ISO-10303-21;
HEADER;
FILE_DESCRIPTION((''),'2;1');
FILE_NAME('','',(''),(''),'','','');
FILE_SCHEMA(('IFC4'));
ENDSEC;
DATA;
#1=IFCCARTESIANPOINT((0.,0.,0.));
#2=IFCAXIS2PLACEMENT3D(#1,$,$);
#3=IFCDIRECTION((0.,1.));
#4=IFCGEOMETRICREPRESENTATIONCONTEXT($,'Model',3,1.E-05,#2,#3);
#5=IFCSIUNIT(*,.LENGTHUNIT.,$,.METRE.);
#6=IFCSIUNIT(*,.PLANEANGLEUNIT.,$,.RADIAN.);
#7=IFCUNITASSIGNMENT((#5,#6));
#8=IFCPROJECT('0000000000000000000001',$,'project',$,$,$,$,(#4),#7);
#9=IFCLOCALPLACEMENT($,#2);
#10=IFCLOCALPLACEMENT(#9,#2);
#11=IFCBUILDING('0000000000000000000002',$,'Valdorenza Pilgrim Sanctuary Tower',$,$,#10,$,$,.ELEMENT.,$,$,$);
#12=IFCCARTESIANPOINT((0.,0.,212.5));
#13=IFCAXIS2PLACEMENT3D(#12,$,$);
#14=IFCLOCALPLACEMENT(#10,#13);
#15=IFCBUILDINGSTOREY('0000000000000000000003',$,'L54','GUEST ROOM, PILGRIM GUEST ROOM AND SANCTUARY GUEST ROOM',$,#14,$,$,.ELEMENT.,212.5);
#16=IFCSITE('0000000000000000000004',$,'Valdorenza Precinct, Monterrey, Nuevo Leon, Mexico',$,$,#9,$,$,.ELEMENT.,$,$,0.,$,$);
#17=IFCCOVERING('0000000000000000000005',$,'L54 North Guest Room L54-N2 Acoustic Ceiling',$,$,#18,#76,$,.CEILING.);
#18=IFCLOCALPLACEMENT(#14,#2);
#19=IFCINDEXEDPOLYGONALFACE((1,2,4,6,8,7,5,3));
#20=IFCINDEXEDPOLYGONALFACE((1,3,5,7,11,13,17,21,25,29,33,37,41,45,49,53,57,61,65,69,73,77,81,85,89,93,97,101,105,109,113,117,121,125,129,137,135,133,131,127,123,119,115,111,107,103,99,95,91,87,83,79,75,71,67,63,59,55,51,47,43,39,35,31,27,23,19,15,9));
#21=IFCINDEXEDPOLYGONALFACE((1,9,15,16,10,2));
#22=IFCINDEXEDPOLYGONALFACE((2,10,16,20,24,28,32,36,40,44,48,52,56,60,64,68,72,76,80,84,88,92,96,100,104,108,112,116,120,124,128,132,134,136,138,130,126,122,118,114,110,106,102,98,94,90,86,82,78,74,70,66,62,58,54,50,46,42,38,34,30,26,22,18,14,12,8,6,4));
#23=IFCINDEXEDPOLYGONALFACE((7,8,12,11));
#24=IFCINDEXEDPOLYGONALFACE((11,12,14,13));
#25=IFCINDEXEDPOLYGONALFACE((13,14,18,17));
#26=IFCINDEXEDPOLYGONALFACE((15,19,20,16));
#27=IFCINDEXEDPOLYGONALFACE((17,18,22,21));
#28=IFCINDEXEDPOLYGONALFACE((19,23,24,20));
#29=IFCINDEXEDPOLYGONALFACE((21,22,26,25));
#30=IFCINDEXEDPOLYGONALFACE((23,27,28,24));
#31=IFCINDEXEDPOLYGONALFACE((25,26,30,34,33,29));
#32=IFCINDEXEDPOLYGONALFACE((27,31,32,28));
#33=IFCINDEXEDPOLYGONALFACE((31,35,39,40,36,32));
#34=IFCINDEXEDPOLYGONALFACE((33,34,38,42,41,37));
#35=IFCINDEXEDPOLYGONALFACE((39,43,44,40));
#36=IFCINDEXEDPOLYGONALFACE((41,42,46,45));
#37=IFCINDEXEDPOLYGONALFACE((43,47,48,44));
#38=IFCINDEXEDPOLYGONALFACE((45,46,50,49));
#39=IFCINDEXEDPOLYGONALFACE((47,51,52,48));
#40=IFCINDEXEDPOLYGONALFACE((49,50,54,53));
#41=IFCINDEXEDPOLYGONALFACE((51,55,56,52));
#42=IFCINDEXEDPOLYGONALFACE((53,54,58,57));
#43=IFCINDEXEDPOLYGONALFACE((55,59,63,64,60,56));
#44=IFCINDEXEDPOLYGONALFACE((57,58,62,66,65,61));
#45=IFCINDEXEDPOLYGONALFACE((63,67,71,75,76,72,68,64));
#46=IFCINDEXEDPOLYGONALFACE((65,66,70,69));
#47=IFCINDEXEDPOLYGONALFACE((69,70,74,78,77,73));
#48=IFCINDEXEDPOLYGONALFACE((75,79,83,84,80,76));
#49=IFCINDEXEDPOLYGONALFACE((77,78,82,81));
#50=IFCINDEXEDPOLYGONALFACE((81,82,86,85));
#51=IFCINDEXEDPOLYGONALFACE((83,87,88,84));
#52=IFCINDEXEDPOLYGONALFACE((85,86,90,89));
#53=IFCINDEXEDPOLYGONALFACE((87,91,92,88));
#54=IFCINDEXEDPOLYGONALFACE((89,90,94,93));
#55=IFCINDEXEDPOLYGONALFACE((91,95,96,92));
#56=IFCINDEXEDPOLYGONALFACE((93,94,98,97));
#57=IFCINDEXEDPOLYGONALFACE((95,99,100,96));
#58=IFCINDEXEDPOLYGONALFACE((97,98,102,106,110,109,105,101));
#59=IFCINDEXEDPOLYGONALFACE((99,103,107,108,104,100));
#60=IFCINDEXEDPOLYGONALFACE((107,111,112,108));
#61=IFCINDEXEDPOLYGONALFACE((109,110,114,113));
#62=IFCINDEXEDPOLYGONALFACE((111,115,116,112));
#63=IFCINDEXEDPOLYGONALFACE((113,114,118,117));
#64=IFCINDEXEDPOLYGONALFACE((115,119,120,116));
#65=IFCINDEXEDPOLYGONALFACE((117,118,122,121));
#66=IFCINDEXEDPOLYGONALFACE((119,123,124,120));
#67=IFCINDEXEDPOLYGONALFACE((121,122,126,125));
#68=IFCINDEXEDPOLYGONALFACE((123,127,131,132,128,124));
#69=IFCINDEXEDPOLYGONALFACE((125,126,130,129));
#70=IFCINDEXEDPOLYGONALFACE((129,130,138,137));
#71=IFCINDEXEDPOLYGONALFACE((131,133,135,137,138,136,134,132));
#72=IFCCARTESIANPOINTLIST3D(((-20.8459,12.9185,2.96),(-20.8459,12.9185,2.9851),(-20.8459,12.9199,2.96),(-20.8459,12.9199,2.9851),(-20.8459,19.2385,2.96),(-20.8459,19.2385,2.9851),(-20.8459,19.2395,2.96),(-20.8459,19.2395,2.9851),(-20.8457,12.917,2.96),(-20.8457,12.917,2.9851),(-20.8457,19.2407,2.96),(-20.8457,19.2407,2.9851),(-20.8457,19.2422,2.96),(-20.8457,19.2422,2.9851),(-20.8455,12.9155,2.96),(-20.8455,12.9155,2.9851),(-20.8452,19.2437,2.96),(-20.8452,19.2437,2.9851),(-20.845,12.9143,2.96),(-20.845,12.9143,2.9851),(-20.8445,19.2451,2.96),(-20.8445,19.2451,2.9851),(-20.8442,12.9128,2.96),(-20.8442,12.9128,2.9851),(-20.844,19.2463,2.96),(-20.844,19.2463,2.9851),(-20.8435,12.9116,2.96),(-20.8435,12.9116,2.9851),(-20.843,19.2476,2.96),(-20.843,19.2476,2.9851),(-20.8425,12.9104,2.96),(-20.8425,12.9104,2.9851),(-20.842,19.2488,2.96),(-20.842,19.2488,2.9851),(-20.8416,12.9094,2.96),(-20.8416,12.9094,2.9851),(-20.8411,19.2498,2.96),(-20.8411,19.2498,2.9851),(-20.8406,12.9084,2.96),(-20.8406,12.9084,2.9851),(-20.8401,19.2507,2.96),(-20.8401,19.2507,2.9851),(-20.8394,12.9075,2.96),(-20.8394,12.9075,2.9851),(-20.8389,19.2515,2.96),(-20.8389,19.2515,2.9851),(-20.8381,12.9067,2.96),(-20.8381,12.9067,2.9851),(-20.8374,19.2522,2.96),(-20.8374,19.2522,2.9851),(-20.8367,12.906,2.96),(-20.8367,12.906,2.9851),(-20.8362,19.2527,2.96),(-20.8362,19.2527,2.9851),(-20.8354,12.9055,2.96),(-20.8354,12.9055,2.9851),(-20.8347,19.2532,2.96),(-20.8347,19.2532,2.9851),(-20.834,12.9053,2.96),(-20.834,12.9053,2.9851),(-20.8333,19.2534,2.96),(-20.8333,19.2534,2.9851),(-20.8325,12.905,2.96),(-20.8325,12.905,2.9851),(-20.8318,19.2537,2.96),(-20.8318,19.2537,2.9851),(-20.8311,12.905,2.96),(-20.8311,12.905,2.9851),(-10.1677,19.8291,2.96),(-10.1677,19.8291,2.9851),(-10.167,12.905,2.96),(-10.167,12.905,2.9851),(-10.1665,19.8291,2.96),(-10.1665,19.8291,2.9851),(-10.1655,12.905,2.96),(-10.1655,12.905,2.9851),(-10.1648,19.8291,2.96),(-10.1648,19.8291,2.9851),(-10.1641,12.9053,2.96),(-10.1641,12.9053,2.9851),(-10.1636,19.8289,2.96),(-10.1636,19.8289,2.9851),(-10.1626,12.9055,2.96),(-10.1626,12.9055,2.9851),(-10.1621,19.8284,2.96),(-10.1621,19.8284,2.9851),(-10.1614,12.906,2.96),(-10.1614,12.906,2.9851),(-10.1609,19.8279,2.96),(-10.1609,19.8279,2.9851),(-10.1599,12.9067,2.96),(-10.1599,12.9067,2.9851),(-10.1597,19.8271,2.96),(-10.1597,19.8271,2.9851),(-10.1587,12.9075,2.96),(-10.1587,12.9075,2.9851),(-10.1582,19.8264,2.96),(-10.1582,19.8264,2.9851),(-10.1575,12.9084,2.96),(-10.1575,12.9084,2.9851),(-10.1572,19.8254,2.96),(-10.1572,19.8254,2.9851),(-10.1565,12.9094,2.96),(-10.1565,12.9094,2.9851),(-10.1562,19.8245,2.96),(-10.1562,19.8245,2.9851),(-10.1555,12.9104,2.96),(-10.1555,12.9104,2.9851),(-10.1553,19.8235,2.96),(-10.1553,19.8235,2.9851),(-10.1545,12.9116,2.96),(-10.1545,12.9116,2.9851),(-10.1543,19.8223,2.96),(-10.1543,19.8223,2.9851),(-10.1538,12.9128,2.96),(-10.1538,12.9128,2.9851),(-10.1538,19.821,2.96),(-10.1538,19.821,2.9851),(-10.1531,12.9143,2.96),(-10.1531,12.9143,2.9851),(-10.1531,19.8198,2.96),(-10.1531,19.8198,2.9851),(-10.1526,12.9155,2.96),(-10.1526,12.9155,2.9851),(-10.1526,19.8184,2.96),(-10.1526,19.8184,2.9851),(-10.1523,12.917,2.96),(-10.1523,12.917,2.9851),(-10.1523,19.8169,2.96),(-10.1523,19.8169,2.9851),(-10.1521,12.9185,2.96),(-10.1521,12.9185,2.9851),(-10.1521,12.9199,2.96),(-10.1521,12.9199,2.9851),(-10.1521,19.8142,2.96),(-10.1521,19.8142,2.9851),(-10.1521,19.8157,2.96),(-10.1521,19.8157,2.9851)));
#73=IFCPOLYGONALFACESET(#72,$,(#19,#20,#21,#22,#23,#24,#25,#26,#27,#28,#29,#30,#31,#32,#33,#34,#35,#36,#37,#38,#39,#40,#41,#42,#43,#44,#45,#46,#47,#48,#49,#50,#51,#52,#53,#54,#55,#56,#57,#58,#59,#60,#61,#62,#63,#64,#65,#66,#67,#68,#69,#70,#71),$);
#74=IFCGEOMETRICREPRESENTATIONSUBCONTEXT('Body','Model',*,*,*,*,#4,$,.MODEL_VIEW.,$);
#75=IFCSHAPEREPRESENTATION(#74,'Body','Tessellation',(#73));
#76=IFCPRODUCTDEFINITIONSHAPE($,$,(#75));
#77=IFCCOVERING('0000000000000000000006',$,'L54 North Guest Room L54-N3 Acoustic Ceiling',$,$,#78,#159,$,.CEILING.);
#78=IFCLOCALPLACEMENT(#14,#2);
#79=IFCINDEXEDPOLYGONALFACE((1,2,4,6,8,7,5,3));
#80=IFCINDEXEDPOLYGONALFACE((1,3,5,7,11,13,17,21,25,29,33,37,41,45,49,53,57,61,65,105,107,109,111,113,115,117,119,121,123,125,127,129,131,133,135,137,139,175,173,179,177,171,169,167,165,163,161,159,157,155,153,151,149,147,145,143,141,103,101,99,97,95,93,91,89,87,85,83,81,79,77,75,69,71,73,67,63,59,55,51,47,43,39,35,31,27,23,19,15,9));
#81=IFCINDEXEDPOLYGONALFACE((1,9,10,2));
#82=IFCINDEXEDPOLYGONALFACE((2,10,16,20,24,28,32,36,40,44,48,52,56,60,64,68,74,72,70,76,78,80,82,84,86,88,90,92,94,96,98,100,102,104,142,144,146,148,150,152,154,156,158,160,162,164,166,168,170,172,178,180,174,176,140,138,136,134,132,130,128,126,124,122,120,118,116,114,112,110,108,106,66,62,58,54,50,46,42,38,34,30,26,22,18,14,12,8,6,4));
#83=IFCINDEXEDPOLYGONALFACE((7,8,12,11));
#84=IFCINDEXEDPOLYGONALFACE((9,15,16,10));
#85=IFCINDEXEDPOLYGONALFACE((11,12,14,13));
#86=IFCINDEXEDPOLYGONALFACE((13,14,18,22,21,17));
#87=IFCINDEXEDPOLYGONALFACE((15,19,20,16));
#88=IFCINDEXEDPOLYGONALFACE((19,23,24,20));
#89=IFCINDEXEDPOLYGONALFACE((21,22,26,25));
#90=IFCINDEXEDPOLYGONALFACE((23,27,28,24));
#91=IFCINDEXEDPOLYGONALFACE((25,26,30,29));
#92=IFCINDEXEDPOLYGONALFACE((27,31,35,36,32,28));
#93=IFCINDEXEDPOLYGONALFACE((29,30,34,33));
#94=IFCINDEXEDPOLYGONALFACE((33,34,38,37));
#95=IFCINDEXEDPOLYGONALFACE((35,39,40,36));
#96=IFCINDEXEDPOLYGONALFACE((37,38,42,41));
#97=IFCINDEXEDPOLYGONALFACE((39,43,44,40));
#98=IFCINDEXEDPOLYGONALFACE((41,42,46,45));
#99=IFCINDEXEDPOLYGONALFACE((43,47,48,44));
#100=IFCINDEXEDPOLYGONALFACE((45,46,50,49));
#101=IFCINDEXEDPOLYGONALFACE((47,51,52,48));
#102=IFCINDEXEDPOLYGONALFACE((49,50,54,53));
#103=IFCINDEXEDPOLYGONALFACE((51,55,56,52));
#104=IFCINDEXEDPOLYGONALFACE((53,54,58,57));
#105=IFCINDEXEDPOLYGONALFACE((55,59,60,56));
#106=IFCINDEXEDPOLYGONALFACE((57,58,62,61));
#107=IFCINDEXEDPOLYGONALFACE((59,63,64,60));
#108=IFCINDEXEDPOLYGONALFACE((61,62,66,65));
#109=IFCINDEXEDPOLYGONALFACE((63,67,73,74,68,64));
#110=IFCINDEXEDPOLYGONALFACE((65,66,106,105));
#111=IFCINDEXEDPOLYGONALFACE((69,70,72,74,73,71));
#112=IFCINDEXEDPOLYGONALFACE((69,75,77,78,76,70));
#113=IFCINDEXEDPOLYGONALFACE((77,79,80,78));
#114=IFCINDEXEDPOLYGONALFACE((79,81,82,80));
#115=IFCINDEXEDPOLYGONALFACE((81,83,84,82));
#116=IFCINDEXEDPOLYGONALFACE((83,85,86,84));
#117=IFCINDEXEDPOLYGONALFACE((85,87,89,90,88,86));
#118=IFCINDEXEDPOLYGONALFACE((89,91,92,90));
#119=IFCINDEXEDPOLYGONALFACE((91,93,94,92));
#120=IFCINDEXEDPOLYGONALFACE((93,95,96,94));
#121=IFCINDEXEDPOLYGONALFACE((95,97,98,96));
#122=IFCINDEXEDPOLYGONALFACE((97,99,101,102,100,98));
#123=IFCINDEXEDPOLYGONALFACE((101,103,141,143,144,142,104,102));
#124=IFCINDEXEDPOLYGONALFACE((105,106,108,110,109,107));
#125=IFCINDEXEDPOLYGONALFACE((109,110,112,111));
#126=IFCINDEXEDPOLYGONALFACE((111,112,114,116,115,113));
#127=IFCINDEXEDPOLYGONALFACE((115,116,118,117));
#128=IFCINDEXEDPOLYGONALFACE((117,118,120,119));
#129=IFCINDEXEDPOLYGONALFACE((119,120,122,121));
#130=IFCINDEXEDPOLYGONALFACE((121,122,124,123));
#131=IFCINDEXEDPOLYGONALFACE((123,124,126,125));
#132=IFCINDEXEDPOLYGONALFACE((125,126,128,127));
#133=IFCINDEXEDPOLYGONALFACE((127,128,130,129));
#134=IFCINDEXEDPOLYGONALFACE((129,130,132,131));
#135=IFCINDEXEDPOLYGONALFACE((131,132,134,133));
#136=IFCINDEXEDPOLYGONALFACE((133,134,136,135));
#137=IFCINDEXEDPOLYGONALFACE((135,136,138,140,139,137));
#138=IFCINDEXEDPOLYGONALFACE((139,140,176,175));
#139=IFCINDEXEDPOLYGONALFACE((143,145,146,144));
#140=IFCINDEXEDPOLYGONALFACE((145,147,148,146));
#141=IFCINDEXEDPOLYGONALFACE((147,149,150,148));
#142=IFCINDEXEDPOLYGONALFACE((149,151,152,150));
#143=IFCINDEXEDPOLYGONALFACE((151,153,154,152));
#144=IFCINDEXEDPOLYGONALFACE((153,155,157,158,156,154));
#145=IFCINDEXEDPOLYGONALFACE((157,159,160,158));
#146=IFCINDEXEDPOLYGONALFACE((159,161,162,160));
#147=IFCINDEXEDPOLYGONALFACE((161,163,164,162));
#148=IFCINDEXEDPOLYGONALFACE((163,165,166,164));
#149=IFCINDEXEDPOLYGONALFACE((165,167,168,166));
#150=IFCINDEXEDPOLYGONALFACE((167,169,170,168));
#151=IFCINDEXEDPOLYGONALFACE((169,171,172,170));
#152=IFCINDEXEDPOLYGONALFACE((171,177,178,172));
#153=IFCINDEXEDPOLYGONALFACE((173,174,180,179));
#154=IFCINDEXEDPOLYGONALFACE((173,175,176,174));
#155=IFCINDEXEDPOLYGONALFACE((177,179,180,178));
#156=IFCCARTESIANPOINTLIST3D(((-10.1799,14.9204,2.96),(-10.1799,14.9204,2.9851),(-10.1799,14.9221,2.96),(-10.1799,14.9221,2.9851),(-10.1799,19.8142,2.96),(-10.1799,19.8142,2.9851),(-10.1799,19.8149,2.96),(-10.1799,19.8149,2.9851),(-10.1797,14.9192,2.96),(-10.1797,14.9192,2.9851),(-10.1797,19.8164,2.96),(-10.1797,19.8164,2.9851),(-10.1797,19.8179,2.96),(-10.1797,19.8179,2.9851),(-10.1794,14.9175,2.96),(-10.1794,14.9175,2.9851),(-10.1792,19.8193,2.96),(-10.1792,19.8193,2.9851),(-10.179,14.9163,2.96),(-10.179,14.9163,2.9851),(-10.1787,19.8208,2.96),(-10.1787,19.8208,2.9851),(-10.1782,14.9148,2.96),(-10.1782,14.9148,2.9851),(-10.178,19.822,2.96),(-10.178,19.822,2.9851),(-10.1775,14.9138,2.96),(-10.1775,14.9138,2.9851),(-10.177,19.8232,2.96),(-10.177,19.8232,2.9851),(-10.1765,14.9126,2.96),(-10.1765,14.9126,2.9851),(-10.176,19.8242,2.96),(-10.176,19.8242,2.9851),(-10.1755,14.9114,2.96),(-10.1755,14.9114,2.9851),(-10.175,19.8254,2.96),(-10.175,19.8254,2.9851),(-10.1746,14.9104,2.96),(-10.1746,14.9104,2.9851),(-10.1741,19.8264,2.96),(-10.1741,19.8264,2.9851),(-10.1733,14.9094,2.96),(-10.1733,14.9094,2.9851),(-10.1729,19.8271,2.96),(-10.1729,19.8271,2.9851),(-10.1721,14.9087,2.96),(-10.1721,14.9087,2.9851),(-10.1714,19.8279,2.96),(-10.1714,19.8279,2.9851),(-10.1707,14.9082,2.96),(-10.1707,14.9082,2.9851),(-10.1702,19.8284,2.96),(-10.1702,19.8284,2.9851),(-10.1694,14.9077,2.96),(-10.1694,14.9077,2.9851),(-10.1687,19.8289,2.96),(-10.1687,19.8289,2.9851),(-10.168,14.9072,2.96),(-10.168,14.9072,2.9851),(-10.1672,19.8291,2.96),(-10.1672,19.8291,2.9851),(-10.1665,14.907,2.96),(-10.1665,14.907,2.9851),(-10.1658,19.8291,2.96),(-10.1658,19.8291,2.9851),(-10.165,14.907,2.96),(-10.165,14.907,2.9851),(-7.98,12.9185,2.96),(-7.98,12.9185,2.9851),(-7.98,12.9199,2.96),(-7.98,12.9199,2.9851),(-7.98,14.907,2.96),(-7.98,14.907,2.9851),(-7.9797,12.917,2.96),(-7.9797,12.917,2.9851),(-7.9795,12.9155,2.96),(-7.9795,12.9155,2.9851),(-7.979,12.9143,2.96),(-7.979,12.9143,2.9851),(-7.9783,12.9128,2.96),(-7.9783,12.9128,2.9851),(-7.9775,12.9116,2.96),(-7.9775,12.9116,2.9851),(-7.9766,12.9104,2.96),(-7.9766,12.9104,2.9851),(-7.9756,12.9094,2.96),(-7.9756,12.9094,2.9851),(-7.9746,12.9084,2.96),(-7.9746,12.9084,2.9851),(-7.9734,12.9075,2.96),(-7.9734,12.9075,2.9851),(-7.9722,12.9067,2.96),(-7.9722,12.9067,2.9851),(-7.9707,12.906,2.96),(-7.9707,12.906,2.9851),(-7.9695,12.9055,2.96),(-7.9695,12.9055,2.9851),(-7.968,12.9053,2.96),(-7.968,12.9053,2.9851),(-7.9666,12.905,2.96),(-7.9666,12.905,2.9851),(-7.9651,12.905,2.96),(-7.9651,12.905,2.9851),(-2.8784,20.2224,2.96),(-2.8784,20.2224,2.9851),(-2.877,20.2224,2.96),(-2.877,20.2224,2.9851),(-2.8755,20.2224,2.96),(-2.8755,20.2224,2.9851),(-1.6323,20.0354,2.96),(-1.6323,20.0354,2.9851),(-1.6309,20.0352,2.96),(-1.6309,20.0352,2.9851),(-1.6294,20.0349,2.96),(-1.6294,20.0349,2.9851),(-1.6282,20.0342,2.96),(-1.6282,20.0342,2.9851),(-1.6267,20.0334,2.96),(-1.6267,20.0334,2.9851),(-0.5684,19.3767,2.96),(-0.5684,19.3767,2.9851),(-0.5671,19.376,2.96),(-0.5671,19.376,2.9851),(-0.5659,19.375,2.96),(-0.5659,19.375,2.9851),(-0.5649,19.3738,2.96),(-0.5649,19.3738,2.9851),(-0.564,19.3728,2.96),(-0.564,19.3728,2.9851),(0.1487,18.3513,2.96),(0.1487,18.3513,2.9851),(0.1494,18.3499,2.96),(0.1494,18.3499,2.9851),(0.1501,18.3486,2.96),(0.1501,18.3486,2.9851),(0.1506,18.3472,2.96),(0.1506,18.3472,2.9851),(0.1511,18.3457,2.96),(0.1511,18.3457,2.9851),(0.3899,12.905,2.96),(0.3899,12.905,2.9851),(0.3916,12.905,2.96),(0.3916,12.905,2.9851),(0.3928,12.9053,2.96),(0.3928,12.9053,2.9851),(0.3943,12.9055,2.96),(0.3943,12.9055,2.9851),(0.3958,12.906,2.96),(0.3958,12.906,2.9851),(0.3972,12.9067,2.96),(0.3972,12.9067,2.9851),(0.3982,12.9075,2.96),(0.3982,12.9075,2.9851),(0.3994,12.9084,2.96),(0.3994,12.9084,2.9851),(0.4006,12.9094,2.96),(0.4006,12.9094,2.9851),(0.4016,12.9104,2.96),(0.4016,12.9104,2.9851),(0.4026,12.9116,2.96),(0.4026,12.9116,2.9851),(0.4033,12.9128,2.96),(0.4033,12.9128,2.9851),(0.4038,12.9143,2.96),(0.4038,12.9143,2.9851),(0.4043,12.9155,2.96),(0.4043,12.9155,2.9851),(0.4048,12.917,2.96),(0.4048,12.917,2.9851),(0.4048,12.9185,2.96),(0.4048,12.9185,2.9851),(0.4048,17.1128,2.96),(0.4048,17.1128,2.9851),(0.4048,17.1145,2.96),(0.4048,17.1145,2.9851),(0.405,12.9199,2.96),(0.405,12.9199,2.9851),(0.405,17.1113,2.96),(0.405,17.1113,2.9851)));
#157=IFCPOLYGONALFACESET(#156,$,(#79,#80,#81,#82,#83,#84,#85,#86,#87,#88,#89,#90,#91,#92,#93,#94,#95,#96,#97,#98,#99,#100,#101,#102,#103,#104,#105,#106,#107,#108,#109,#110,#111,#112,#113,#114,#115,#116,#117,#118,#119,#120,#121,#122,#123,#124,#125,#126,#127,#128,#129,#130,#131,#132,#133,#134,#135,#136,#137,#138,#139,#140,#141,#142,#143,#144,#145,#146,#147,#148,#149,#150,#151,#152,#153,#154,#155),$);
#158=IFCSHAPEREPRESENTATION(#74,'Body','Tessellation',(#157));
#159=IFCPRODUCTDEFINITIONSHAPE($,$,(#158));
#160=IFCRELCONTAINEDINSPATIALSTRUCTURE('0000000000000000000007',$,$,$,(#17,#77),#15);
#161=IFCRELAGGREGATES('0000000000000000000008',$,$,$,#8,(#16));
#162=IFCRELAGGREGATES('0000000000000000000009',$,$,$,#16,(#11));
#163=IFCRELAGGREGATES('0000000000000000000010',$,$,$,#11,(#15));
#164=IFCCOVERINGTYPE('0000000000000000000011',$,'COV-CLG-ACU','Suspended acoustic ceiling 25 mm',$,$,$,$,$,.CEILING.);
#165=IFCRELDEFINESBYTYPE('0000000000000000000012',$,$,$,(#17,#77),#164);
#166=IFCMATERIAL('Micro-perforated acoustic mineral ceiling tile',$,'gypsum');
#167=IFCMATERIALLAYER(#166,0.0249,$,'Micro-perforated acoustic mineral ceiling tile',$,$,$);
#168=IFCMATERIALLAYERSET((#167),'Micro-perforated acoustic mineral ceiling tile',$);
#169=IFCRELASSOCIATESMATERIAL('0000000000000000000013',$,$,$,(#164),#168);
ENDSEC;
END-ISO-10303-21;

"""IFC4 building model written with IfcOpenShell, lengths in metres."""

from ifc_helpers import new_model, si_unit, direction, frame, origin, place, context, subcontext, project, spatial, polyline, outline, extrude, material, layer, layer_set, type_object, element, save


model = new_model("IFC4")

# Units and contexts
model_context = context("Model", 3, precision=1e-05, world=origin(), true_north=direction((0.0, 1.0)))
body_context = subcontext(model_context, "Body", "Model", "MODEL_VIEW")
ifc_project = project(units=[si_unit("LENGTHUNIT", "METRE"), si_unit("PLANEANGLEUNIT", "RADIAN")], contexts=[model_context])

# Site, building, storey
site_placement = place(None, origin())
site = spatial("IfcSite", under=ifc_project, at=site_placement, Name="Valdorenza Precinct, Monterrey, Nuevo Leon, Mexico", CompositionType="ELEMENT", RefElevation=0.0)
building_placement = place(site_placement, origin())
building = spatial("IfcBuilding", under=site, at=building_placement, Name="Valdorenza Pilgrim Sanctuary Tower", CompositionType="ELEMENT")
storey_placement = place(building_placement, frame((0.0, 0.0, 212.5)))
storey = spatial("IfcBuildingStorey", under=building, at=storey_placement, Name="L54", Description="GUEST ROOM, PILGRIM GUEST ROOM AND SANCTUARY GUEST ROOM", CompositionType="ELEMENT", Elevation=212.5)

# Coverings
ifc_material_1 = material(Name="Micro-perforated acoustic mineral ceiling tile", Category="gypsum")
ifc_layer_1 = layer(ifc_material_1, 0.0249, Name="Micro-perforated acoustic mineral ceiling tile")
ifc_layer_set_1 = layer_set([ifc_layer_1], Name="Micro-perforated acoustic mineral ceiling tile")
covering_type_1 = type_object("IfcCoveringType", Name="COV-CLG-ACU", Description="Suspended acoustic ceiling 25 mm", PredefinedType="CEILING", material=ifc_layer_set_1)
covering_1_placement = place(storey_placement, frame((0.0, 0.0, 2.96)))
element("IfcCovering", 1, at=covering_1_placement, inside=storey, type_object=covering_type_1, Name="L54 North Guest Room L54-N2 Acoustic Ceiling", PredefinedType="CEILING", context=body_context, shape_type="SweptSolid", body=[
    extrude(outline(polyline([(-20.8459, 19.2385), (-20.8459, 19.2395), (-20.8457, 19.2407), (-20.8457, 19.2422), (-20.8452, 19.2437), (-20.8445, 19.2451), (-20.844, 19.2463), (-20.843, 19.2476), (-20.842, 19.2488), (-20.8411, 19.2498), (-20.8401, 19.2507), (-20.8389, 19.2515), (-20.8374, 19.2522), (-20.8362, 19.2527), (-20.8347, 19.2532), (-20.8333, 19.2534), (-20.8318, 19.2537), (-10.1677, 19.8291), (-10.1665, 19.8291), (-10.1648, 19.8291), (-10.1636, 19.8289), (-10.1621, 19.8284), (-10.1609, 19.8279), (-10.1597, 19.8271), (-10.1582, 19.8264), (-10.1572, 19.8254), (-10.1562, 19.8245), (-10.1553, 19.8235), (-10.1543, 19.8223), (-10.1538, 19.821), (-10.1531, 19.8198), (-10.1526, 19.8184), (-10.1523, 19.8169), (-10.1521, 19.8157), (-10.1521, 19.8142), (-10.1521, 12.9199), (-10.1521, 12.9185), (-10.1523, 12.917), (-10.1526, 12.9155), (-10.1531, 12.9143), (-10.1538, 12.9128), (-10.1545, 12.9116), (-10.1555, 12.9104), (-10.1565, 12.9094), (-10.1575, 12.9084), (-10.1587, 12.9075), (-10.1599, 12.9067), (-10.1614, 12.906), (-10.1626, 12.9055), (-10.1641, 12.9053), (-10.1655, 12.905), (-10.167, 12.905), (-20.8311, 12.905), (-20.8325, 12.905), (-20.834, 12.9053), (-20.8354, 12.9055), (-20.8367, 12.906), (-20.8381, 12.9067), (-20.8394, 12.9075), (-20.8406, 12.9084), (-20.8416, 12.9094), (-20.8425, 12.9104), (-20.8435, 12.9116), (-20.8442, 12.9128), (-20.845, 12.9143), (-20.8455, 12.9155), (-20.8457, 12.917), (-20.8459, 12.9185), (-20.8459, 12.9199), (-20.8459, 19.2385), (-20.8459, 19.2385)])), origin(), (0.0, 0.0, 1.0), 0.0251),
])
covering_2_placement = place(storey_placement, frame((0.0, 0.0, 2.96)))
element("IfcCovering", 2, at=covering_2_placement, inside=storey, type_object=covering_type_1, Name="L54 North Guest Room L54-N3 Acoustic Ceiling", PredefinedType="CEILING", context=body_context, shape_type="SweptSolid", body=[
    extrude(outline(polyline([(-10.1799, 19.8142), (-10.1799, 19.8149), (-10.1797, 19.8164), (-10.1797, 19.8179), (-10.1792, 19.8193), (-10.1787, 19.8208), (-10.178, 19.822), (-10.177, 19.8232), (-10.176, 19.8242), (-10.175, 19.8254), (-10.1741, 19.8264), (-10.1729, 19.8271), (-10.1714, 19.8279), (-10.1702, 19.8284), (-10.1687, 19.8289), (-10.1672, 19.8291), (-10.1658, 19.8291), (-2.8784, 20.2224), (-2.877, 20.2224), (-2.8755, 20.2224), (-1.6323, 20.0354), (-1.6309, 20.0352), (-1.6294, 20.0349), (-1.6282, 20.0342), (-1.6267, 20.0334), (-0.5684, 19.3767), (-0.5671, 19.376), (-0.5659, 19.375), (-0.5649, 19.3738), (-0.564, 19.3728), (0.1487, 18.3513), (0.1494, 18.3499), (0.1501, 18.3486), (0.1506, 18.3472), (0.1511, 18.3457), (0.4048, 17.1145), (0.4048, 17.1128), (0.405, 17.1113), (0.405, 12.9199), (0.4048, 12.9185), (0.4048, 12.917), (0.4043, 12.9155), (0.4038, 12.9143), (0.4033, 12.9128), (0.4026, 12.9116), (0.4016, 12.9104), (0.4006, 12.9094), (0.3994, 12.9084), (0.3982, 12.9075), (0.3972, 12.9067), (0.3958, 12.906), (0.3943, 12.9055), (0.3928, 12.9053), (0.3916, 12.905), (0.3899, 12.905), (-7.9651, 12.905), (-7.9666, 12.905), (-7.968, 12.9053), (-7.9695, 12.9055), (-7.9707, 12.906), (-7.9722, 12.9067), (-7.9734, 12.9075), (-7.9746, 12.9084), (-7.9756, 12.9094), (-7.9766, 12.9104), (-7.9775, 12.9116), (-7.9783, 12.9128), (-7.979, 12.9143), (-7.9795, 12.9155), (-7.9797, 12.917), (-7.98, 12.9185), (-7.98, 12.9199), (-7.98, 14.907), (-10.165, 14.907), (-10.1665, 14.907), (-10.168, 14.9072), (-10.1694, 14.9077), (-10.1707, 14.9082), (-10.1721, 14.9087), (-10.1733, 14.9094), (-10.1746, 14.9104), (-10.1755, 14.9114), (-10.1765, 14.9126), (-10.1775, 14.9138), (-10.1782, 14.9148), (-10.179, 14.9163), (-10.1794, 14.9175), (-10.1797, 14.9192), (-10.1799, 14.9204), (-10.1799, 14.9221), (-10.1799, 19.8142), (-10.1799, 19.8142)])), origin(), (0.0, 0.0, 1.0), 0.0251),
])

save(model, "model.ifc")
